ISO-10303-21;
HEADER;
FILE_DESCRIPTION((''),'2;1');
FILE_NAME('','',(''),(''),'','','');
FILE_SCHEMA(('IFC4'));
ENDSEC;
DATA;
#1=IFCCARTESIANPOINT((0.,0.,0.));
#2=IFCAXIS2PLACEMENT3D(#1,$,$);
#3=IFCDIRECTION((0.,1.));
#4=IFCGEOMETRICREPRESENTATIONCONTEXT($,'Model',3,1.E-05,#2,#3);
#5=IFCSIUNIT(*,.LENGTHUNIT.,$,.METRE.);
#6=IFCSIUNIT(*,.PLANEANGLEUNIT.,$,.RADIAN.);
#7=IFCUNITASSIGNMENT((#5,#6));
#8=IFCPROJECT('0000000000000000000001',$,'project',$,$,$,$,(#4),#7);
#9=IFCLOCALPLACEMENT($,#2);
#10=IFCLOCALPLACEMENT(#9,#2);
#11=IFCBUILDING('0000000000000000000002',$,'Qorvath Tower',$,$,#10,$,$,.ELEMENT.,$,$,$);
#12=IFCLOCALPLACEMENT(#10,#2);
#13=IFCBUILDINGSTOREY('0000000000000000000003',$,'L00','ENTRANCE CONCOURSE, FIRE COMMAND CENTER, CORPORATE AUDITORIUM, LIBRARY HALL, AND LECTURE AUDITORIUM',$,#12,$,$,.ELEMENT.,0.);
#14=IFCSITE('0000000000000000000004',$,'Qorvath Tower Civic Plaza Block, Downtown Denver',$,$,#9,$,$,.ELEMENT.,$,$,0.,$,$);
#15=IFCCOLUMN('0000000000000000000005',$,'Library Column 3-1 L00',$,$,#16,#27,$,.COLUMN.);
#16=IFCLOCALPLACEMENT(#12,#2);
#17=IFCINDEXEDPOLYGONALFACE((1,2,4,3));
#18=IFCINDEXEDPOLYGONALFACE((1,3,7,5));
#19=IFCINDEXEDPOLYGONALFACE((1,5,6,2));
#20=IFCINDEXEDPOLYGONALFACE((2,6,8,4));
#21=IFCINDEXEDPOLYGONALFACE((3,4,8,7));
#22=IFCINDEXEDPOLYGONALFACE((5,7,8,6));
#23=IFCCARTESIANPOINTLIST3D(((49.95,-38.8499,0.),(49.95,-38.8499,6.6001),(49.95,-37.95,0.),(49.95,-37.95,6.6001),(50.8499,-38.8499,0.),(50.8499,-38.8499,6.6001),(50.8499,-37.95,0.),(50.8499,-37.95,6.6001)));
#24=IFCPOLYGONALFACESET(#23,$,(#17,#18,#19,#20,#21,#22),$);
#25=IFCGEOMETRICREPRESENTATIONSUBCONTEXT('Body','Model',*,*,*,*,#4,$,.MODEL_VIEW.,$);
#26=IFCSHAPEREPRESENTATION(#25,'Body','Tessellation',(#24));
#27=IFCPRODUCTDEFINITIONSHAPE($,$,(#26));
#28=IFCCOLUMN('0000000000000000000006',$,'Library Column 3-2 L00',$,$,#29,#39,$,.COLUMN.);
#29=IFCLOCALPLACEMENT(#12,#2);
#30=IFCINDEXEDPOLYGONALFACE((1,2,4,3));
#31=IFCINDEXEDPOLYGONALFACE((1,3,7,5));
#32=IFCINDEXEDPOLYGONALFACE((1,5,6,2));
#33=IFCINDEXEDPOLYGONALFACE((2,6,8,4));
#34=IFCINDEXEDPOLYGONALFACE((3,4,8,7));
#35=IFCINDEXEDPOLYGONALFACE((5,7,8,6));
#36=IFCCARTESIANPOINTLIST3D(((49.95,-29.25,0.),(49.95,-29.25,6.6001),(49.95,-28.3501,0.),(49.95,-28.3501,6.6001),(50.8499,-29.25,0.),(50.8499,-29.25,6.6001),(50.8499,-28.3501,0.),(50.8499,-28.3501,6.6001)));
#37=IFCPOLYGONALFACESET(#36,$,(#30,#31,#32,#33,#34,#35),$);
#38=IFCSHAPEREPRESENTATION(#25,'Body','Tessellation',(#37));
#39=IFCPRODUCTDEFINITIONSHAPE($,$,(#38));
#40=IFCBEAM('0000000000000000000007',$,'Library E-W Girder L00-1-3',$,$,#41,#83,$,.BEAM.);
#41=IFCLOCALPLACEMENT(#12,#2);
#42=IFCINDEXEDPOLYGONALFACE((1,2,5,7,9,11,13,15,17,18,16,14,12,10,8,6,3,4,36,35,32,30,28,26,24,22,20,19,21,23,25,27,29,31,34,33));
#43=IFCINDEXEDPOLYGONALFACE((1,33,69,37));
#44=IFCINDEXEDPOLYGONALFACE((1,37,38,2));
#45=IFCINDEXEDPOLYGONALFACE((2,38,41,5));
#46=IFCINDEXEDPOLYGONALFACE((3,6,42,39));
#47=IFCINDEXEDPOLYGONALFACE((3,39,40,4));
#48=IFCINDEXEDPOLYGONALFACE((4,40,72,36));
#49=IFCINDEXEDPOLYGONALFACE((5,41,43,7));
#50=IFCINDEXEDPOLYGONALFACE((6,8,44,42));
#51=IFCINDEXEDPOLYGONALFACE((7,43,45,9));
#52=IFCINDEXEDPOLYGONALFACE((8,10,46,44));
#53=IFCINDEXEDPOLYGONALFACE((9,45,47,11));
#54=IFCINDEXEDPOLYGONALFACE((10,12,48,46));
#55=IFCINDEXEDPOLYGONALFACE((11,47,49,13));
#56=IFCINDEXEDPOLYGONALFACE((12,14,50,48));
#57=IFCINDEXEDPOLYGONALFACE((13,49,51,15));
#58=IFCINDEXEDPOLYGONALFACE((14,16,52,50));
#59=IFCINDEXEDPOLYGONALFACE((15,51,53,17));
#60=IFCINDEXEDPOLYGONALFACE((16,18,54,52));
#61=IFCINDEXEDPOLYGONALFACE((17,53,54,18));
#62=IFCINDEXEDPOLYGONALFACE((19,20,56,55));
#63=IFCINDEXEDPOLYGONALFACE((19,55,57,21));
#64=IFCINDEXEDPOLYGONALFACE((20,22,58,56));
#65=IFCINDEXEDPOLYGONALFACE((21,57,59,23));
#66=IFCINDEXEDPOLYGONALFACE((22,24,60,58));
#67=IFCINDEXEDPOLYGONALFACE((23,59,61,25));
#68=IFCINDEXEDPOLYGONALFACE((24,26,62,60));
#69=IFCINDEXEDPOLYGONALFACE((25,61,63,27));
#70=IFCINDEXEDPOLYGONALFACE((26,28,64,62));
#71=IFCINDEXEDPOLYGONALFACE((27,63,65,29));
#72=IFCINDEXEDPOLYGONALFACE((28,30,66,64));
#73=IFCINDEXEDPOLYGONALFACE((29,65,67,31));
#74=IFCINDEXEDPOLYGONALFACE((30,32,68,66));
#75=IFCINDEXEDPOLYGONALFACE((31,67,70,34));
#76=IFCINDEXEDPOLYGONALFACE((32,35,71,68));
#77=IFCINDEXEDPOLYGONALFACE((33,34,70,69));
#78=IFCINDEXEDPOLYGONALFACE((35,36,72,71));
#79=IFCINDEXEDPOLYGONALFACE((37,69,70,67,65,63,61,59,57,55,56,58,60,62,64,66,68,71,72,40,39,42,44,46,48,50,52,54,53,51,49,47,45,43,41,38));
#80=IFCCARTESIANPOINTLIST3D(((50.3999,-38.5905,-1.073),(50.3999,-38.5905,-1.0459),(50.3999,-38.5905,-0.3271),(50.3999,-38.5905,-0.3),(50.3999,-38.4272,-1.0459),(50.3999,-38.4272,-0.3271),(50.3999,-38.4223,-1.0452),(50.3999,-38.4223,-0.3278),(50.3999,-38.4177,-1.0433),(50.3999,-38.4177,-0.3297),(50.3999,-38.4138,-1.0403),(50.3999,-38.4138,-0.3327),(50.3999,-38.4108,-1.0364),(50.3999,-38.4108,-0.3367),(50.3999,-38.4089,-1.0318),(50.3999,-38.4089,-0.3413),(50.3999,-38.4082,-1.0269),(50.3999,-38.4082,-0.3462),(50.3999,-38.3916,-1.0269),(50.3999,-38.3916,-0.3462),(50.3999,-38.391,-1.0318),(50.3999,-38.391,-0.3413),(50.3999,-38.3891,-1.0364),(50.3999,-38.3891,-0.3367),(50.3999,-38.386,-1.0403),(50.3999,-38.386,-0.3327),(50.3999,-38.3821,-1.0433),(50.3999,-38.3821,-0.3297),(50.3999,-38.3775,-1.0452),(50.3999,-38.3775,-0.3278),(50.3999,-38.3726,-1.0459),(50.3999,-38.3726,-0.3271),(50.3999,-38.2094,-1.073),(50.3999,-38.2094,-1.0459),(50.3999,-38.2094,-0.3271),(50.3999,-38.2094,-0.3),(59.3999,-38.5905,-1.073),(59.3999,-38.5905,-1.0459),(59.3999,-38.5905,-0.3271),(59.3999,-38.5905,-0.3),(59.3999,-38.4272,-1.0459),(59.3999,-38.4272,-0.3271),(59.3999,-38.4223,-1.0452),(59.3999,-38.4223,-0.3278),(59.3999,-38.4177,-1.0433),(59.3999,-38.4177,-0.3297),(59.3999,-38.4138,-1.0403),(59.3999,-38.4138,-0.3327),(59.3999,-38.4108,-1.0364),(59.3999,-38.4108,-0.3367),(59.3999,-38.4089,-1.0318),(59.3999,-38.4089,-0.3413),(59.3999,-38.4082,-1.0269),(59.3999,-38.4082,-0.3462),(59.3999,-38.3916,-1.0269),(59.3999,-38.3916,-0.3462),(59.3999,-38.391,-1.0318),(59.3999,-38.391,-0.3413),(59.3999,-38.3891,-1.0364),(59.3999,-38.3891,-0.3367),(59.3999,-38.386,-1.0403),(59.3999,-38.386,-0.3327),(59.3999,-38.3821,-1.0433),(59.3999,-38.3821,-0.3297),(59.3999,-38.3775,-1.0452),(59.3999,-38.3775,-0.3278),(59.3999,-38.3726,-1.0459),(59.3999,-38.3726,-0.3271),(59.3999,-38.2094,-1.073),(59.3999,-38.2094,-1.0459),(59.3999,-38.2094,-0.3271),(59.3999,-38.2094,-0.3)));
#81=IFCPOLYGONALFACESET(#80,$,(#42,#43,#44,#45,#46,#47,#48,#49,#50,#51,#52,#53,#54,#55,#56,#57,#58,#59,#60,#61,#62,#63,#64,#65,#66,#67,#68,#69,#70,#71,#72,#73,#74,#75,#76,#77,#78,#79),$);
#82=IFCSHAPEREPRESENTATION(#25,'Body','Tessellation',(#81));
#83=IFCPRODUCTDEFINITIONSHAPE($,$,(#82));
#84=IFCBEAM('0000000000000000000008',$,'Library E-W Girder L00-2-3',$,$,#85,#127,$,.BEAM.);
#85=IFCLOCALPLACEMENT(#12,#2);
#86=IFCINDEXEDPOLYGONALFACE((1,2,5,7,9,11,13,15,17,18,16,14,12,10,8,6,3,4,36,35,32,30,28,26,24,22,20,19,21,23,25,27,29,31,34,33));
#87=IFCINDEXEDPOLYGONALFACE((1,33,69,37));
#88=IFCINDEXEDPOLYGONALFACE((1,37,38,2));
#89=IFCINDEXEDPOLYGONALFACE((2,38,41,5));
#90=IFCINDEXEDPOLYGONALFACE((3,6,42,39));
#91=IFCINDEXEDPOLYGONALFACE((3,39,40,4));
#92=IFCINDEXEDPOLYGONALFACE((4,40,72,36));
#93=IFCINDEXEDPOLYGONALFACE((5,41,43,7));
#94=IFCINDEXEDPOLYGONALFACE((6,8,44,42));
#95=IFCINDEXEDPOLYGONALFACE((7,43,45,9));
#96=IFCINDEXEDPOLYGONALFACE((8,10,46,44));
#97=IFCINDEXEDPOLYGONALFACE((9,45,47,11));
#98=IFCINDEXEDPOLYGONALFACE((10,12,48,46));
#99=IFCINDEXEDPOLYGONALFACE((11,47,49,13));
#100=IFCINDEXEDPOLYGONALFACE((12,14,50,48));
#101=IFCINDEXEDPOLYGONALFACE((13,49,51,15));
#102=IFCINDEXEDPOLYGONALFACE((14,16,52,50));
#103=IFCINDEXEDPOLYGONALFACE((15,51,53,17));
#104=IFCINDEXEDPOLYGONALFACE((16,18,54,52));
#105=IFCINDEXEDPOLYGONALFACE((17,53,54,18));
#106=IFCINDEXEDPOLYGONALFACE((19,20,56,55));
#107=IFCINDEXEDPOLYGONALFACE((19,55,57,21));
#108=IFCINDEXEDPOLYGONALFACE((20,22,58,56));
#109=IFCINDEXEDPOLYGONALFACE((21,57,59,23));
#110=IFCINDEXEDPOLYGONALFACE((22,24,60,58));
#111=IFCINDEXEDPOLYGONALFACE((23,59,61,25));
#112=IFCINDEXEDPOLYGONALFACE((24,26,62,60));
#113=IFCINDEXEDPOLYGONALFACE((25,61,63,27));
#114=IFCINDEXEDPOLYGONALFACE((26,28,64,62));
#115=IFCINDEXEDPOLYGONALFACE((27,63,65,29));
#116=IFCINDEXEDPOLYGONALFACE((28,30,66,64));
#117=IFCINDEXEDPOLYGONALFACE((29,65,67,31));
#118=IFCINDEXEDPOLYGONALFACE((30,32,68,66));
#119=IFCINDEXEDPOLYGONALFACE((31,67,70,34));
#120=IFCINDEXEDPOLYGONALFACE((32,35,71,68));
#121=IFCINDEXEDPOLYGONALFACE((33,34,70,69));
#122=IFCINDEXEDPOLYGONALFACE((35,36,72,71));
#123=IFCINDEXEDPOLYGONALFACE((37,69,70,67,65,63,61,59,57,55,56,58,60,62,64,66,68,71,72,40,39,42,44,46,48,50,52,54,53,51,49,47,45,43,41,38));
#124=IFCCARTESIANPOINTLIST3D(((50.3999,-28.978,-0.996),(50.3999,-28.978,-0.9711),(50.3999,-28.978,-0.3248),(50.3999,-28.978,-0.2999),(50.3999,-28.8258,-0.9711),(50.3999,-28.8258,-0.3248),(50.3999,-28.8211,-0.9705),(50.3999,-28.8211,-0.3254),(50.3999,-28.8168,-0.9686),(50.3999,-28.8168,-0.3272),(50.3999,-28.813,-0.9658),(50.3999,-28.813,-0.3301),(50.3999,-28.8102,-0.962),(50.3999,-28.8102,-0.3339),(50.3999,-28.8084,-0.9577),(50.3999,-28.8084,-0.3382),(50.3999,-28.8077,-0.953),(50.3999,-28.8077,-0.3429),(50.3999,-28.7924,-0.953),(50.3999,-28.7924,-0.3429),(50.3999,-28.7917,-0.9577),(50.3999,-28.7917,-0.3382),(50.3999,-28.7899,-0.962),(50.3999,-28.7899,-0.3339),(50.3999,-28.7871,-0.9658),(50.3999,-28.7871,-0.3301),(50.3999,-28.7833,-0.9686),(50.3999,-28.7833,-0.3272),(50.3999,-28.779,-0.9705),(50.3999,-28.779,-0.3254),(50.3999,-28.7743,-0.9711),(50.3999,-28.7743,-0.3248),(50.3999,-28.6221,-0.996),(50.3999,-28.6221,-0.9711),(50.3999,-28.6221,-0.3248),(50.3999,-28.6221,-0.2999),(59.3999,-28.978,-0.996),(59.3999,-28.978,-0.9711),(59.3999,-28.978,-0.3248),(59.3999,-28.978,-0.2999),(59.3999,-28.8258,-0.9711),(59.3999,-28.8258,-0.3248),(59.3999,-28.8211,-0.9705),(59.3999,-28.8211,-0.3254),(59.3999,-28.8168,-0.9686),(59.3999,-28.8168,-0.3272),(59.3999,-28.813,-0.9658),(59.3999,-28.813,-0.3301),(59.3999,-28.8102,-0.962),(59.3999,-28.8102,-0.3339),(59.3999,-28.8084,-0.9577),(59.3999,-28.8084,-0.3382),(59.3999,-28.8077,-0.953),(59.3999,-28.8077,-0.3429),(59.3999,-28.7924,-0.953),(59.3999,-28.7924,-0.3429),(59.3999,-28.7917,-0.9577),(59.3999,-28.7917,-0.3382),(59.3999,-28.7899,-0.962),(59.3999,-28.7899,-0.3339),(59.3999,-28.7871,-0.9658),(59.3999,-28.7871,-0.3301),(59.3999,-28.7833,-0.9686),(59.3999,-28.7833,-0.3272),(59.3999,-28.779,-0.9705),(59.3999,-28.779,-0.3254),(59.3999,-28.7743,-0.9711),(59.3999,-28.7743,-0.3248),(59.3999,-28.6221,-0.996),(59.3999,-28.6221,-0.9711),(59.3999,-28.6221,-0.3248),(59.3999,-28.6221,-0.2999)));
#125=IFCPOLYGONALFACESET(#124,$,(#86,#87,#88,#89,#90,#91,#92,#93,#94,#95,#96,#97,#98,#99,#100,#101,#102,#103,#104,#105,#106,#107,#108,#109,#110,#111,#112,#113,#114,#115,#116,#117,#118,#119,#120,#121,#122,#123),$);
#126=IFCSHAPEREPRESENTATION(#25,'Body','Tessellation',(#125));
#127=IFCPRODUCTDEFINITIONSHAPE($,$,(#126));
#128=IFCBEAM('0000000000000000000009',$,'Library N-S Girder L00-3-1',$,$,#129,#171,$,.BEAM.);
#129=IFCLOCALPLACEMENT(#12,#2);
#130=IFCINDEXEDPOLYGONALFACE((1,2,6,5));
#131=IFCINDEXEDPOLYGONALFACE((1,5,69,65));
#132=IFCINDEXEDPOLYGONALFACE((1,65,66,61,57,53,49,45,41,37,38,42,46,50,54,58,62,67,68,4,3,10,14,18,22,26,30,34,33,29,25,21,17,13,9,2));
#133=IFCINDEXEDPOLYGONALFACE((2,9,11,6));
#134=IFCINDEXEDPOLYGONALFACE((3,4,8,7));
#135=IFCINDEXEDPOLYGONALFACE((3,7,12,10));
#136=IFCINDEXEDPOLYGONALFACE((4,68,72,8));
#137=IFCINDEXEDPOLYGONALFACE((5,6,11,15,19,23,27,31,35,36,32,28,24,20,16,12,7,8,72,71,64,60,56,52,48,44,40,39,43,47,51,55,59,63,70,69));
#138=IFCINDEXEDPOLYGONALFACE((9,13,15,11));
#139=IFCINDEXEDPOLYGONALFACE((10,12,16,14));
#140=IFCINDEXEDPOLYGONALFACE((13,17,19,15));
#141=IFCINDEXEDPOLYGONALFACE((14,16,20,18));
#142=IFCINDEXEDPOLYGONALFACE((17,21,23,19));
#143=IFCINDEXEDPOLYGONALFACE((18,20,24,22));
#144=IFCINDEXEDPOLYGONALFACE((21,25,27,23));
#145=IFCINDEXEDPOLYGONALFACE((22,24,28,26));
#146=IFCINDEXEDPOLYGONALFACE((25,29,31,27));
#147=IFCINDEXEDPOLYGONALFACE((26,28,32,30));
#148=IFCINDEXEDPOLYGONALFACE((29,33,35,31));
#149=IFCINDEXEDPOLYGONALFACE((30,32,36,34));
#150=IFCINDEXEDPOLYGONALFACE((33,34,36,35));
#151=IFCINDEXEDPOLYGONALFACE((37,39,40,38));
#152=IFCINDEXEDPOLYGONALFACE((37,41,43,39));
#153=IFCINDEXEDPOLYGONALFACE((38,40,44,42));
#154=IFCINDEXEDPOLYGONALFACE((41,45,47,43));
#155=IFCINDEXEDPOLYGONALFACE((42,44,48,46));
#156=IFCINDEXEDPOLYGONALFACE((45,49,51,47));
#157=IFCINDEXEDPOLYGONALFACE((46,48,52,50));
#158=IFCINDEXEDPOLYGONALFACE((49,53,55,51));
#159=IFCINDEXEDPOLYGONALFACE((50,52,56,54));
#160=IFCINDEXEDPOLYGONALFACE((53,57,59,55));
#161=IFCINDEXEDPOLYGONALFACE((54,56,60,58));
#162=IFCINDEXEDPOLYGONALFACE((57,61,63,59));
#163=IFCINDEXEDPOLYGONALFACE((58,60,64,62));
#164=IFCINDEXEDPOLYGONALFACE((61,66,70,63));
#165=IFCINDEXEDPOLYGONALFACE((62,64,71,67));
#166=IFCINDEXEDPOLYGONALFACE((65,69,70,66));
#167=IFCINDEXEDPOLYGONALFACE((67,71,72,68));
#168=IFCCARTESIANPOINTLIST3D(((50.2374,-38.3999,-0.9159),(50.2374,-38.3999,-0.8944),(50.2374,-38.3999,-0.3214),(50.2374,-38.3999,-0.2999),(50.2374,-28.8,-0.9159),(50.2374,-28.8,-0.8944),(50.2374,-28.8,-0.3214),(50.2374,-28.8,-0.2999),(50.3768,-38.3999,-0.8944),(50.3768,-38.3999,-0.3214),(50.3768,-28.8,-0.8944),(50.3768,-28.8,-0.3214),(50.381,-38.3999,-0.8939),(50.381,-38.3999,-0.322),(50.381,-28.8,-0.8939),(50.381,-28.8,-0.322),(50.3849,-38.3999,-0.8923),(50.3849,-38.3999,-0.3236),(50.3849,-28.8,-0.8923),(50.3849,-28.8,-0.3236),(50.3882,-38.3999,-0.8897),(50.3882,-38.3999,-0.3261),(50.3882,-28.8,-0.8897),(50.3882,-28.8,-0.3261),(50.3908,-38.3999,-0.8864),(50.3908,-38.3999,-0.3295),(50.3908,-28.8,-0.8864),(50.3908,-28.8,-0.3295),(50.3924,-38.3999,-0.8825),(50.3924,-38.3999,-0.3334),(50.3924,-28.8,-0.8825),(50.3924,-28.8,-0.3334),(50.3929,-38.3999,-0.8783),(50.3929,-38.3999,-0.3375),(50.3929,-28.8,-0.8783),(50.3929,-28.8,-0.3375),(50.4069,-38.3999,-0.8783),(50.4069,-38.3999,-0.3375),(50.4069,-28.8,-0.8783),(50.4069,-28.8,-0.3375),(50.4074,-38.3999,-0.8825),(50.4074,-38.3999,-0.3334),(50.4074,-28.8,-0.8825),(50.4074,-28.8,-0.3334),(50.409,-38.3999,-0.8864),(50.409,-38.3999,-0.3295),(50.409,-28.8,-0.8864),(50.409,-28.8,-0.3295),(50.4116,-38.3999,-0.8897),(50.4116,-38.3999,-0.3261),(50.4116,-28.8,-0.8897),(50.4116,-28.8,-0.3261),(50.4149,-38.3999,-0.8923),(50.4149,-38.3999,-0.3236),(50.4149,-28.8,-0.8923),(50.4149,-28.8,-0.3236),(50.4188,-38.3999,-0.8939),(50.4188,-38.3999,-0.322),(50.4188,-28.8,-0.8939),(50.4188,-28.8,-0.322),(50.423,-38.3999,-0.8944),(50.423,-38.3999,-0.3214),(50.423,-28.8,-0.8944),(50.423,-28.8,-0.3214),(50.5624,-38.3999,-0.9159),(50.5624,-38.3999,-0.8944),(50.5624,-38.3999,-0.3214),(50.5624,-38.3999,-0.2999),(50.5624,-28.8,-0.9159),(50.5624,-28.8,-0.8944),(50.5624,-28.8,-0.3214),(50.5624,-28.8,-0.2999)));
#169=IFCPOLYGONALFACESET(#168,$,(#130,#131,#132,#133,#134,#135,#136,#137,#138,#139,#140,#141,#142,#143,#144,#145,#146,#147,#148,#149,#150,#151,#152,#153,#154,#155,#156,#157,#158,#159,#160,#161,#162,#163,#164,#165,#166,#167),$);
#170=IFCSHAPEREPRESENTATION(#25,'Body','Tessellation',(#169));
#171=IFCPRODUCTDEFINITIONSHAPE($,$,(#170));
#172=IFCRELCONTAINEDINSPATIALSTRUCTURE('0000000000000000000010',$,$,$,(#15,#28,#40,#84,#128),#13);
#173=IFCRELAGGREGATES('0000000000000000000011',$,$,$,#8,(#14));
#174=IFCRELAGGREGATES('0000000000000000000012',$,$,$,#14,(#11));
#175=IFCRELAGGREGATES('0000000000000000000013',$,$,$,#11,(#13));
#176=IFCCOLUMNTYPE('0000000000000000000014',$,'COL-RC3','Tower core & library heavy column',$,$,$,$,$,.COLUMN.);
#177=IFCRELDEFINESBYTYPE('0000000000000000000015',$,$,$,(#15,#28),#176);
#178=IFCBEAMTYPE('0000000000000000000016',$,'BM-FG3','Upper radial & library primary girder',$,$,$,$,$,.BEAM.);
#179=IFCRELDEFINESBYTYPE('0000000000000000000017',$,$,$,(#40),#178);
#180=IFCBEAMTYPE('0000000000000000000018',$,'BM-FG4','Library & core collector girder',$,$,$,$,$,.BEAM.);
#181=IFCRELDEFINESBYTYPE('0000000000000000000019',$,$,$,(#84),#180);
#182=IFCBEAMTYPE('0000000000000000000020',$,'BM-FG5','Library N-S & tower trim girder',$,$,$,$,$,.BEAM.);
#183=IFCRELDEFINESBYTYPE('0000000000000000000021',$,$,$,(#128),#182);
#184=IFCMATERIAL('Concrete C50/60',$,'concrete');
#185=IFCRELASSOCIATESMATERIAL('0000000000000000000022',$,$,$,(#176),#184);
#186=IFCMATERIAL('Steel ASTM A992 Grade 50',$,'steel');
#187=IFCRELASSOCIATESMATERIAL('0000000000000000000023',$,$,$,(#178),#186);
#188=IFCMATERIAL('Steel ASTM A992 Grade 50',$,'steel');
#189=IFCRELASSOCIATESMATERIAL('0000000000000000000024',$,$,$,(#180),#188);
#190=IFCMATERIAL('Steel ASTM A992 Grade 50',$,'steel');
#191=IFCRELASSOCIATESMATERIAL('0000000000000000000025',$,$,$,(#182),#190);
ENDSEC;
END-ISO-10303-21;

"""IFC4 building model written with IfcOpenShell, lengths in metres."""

from ifc_helpers import new_model, si_unit, direction, frame, origin, origin_2d, place, context, subcontext, project, spatial, rectangle, i_section, extrude, material, material_profile, profile_set, type_object, element, save


model = new_model("IFC4")

# Units and contexts
model_context = context("Model", 3, precision=1e-05, world=origin(), true_north=direction((0.0, 1.0)))
body_context = subcontext(model_context, "Body", "Model", "MODEL_VIEW")
ifc_project = project(units=[si_unit("LENGTHUNIT", "METRE"), si_unit("PLANEANGLEUNIT", "RADIAN")], contexts=[model_context])

# Site, building, storey
site_placement = place(None, origin())
site = spatial("IfcSite", under=ifc_project, at=site_placement, Name="Qorvath Tower Civic Plaza Block, Downtown Denver", CompositionType="ELEMENT", RefElevation=0.0)
building_placement = place(site_placement, origin())
building = spatial("IfcBuilding", under=site, at=building_placement, Name="Qorvath Tower", CompositionType="ELEMENT")
storey_placement = place(building_placement, origin())
storey = spatial("IfcBuildingStorey", under=building, at=storey_placement, Name="L00", Description="ENTRANCE CONCOURSE, FIRE COMMAND CENTER, CORPORATE AUDITORIUM, LIBRARY HALL, AND LECTURE AUDITORIUM", CompositionType="ELEMENT", Elevation=0.0)

# Columns
ifc_material_1 = material(Name="Concrete C50/60", Category="concrete")
ifc_material_profile_1 = material_profile(ifc_material_1, rectangle(XDim=0.8999, YDim=0.8999, at=origin_2d()), Name="RC 900x900")
ifc_profile_set_1 = profile_set([ifc_material_profile_1], Name="Concrete C50/60")
column_type = type_object("IfcColumnType", Name="COL-RC3", Description="Tower core & library heavy column", PredefinedType="COLUMN", material=ifc_profile_set_1)
for number, where, z_axis, x_axis, name in (
    (1, (50.3999, -38.3999, 0.0), (0.0, 0.0, 1.0), (1.0, 0.0, 0.0), "Library Column 3-1 L00"),
    (2, (50.3999, -28.8, 0.0), (0.0, 0.0, 1.0), (1.0, 0.0, 0.0), "Library Column 3-2 L00"),
):
    element("IfcColumn", number, at=place(storey_placement, frame(where, z_axis=z_axis, x_axis=x_axis)), inside=storey, type_object=column_type, Name=name, PredefinedType="COLUMN", context=body_context, shape_type="SweptSolid", body=[
        extrude(rectangle(XDim=0.8999, YDim=0.8999, at=origin_2d()), origin(), (0.0, 0.0, 1.0), 6.6001),
    ])

# Beams
ifc_material_2 = material(Name="Steel ASTM A992 Grade 50", Category="steel")
ifc_material_profile_2 = material_profile(ifc_material_2, i_section(OverallWidth=0.3811, OverallDepth=0.7729, WebThickness=0.0166, FlangeThickness=0.0271, FilletRadius=0.019, at=origin_2d()), Name="W30x173")
ifc_profile_set_2 = profile_set([ifc_material_profile_2], Name="Steel ASTM A992 Grade 50")
beam_type_1 = type_object("IfcBeamType", Name="BM-FG3", Description="Upper radial & library primary girder", PredefinedType="BEAM", material=ifc_profile_set_2)
beam_1_placement = place(storey_placement, frame((50.3999, -38.3999, -0.6865), z_axis=(1.0, 0.0, 0.0), x_axis=(0.0, 1.0, 0.0)))
element("IfcBeam", 3, at=beam_1_placement, inside=storey, type_object=beam_type_1, Name="Library E-W Girder L00-1-3", PredefinedType="BEAM", context=body_context, shape_type="SweptSolid", body=[
    extrude(i_section(OverallWidth=0.3811, OverallDepth=0.7729, WebThickness=0.0166, FlangeThickness=0.0271, FilletRadius=0.019, at=origin_2d()), origin(), (0.0, 0.0, 1.0), 9.0),
])
ifc_material_3 = material(Name="Steel ASTM A992 Grade 50", Category="steel")
ifc_material_profile_3 = material_profile(ifc_material_3, i_section(OverallWidth=0.356, OverallDepth=0.696, WebThickness=0.0154, FlangeThickness=0.0249, FilletRadius=0.0181, at=origin_2d()), Name="W27x146")
ifc_profile_set_3 = profile_set([ifc_material_profile_3], Name="Steel ASTM A992 Grade 50")
beam_type_2 = type_object("IfcBeamType", Name="BM-FG4", Description="Library & core collector girder", PredefinedType="BEAM", material=ifc_profile_set_3)
beam_2_placement = place(storey_placement, frame((50.3999, -28.8, -0.6479), z_axis=(1.0, 0.0, 0.0), x_axis=(0.0, 1.0, 0.0)))
element("IfcBeam", 4, at=beam_2_placement, inside=storey, type_object=beam_type_2, Name="Library E-W Girder L00-2-3", PredefinedType="BEAM", context=body_context, shape_type="SweptSolid", body=[
    extrude(i_section(OverallWidth=0.356, OverallDepth=0.696, WebThickness=0.0154, FlangeThickness=0.0249, FilletRadius=0.0181, at=origin_2d()), origin(), (0.0, 0.0, 1.0), 9.0),
])
ifc_material_4 = material(Name="Steel ASTM A992 Grade 50", Category="steel")
ifc_material_profile_4 = material_profile(ifc_material_4, i_section(OverallWidth=0.325, OverallDepth=0.616, WebThickness=0.0139, FlangeThickness=0.0215, FilletRadius=0.0161, at=origin_2d()), Name="W24x117")
ifc_profile_set_4 = profile_set([ifc_material_profile_4], Name="Steel ASTM A992 Grade 50")
beam_type_3 = type_object("IfcBeamType", Name="BM-FG5", Description="Library N-S & tower trim girder", PredefinedType="BEAM", material=ifc_profile_set_4)
beam_3_placement = place(storey_placement, frame((50.3999, -38.3999, -0.6079), z_axis=(0.0, 1.0, 0.0), x_axis=(-1.0, 0.0, 0.0)))
element("IfcBeam", 5, at=beam_3_placement, inside=storey, type_object=beam_type_3, Name="Library N-S Girder L00-3-1", PredefinedType="BEAM", context=body_context, shape_type="SweptSolid", body=[
    extrude(i_section(OverallWidth=0.325, OverallDepth=0.616, WebThickness=0.0139, FlangeThickness=0.0215, FilletRadius=0.0161, at=origin_2d()), origin(), (0.0, 0.0, 1.0), 9.5999),
])

save(model, "model.ifc")
